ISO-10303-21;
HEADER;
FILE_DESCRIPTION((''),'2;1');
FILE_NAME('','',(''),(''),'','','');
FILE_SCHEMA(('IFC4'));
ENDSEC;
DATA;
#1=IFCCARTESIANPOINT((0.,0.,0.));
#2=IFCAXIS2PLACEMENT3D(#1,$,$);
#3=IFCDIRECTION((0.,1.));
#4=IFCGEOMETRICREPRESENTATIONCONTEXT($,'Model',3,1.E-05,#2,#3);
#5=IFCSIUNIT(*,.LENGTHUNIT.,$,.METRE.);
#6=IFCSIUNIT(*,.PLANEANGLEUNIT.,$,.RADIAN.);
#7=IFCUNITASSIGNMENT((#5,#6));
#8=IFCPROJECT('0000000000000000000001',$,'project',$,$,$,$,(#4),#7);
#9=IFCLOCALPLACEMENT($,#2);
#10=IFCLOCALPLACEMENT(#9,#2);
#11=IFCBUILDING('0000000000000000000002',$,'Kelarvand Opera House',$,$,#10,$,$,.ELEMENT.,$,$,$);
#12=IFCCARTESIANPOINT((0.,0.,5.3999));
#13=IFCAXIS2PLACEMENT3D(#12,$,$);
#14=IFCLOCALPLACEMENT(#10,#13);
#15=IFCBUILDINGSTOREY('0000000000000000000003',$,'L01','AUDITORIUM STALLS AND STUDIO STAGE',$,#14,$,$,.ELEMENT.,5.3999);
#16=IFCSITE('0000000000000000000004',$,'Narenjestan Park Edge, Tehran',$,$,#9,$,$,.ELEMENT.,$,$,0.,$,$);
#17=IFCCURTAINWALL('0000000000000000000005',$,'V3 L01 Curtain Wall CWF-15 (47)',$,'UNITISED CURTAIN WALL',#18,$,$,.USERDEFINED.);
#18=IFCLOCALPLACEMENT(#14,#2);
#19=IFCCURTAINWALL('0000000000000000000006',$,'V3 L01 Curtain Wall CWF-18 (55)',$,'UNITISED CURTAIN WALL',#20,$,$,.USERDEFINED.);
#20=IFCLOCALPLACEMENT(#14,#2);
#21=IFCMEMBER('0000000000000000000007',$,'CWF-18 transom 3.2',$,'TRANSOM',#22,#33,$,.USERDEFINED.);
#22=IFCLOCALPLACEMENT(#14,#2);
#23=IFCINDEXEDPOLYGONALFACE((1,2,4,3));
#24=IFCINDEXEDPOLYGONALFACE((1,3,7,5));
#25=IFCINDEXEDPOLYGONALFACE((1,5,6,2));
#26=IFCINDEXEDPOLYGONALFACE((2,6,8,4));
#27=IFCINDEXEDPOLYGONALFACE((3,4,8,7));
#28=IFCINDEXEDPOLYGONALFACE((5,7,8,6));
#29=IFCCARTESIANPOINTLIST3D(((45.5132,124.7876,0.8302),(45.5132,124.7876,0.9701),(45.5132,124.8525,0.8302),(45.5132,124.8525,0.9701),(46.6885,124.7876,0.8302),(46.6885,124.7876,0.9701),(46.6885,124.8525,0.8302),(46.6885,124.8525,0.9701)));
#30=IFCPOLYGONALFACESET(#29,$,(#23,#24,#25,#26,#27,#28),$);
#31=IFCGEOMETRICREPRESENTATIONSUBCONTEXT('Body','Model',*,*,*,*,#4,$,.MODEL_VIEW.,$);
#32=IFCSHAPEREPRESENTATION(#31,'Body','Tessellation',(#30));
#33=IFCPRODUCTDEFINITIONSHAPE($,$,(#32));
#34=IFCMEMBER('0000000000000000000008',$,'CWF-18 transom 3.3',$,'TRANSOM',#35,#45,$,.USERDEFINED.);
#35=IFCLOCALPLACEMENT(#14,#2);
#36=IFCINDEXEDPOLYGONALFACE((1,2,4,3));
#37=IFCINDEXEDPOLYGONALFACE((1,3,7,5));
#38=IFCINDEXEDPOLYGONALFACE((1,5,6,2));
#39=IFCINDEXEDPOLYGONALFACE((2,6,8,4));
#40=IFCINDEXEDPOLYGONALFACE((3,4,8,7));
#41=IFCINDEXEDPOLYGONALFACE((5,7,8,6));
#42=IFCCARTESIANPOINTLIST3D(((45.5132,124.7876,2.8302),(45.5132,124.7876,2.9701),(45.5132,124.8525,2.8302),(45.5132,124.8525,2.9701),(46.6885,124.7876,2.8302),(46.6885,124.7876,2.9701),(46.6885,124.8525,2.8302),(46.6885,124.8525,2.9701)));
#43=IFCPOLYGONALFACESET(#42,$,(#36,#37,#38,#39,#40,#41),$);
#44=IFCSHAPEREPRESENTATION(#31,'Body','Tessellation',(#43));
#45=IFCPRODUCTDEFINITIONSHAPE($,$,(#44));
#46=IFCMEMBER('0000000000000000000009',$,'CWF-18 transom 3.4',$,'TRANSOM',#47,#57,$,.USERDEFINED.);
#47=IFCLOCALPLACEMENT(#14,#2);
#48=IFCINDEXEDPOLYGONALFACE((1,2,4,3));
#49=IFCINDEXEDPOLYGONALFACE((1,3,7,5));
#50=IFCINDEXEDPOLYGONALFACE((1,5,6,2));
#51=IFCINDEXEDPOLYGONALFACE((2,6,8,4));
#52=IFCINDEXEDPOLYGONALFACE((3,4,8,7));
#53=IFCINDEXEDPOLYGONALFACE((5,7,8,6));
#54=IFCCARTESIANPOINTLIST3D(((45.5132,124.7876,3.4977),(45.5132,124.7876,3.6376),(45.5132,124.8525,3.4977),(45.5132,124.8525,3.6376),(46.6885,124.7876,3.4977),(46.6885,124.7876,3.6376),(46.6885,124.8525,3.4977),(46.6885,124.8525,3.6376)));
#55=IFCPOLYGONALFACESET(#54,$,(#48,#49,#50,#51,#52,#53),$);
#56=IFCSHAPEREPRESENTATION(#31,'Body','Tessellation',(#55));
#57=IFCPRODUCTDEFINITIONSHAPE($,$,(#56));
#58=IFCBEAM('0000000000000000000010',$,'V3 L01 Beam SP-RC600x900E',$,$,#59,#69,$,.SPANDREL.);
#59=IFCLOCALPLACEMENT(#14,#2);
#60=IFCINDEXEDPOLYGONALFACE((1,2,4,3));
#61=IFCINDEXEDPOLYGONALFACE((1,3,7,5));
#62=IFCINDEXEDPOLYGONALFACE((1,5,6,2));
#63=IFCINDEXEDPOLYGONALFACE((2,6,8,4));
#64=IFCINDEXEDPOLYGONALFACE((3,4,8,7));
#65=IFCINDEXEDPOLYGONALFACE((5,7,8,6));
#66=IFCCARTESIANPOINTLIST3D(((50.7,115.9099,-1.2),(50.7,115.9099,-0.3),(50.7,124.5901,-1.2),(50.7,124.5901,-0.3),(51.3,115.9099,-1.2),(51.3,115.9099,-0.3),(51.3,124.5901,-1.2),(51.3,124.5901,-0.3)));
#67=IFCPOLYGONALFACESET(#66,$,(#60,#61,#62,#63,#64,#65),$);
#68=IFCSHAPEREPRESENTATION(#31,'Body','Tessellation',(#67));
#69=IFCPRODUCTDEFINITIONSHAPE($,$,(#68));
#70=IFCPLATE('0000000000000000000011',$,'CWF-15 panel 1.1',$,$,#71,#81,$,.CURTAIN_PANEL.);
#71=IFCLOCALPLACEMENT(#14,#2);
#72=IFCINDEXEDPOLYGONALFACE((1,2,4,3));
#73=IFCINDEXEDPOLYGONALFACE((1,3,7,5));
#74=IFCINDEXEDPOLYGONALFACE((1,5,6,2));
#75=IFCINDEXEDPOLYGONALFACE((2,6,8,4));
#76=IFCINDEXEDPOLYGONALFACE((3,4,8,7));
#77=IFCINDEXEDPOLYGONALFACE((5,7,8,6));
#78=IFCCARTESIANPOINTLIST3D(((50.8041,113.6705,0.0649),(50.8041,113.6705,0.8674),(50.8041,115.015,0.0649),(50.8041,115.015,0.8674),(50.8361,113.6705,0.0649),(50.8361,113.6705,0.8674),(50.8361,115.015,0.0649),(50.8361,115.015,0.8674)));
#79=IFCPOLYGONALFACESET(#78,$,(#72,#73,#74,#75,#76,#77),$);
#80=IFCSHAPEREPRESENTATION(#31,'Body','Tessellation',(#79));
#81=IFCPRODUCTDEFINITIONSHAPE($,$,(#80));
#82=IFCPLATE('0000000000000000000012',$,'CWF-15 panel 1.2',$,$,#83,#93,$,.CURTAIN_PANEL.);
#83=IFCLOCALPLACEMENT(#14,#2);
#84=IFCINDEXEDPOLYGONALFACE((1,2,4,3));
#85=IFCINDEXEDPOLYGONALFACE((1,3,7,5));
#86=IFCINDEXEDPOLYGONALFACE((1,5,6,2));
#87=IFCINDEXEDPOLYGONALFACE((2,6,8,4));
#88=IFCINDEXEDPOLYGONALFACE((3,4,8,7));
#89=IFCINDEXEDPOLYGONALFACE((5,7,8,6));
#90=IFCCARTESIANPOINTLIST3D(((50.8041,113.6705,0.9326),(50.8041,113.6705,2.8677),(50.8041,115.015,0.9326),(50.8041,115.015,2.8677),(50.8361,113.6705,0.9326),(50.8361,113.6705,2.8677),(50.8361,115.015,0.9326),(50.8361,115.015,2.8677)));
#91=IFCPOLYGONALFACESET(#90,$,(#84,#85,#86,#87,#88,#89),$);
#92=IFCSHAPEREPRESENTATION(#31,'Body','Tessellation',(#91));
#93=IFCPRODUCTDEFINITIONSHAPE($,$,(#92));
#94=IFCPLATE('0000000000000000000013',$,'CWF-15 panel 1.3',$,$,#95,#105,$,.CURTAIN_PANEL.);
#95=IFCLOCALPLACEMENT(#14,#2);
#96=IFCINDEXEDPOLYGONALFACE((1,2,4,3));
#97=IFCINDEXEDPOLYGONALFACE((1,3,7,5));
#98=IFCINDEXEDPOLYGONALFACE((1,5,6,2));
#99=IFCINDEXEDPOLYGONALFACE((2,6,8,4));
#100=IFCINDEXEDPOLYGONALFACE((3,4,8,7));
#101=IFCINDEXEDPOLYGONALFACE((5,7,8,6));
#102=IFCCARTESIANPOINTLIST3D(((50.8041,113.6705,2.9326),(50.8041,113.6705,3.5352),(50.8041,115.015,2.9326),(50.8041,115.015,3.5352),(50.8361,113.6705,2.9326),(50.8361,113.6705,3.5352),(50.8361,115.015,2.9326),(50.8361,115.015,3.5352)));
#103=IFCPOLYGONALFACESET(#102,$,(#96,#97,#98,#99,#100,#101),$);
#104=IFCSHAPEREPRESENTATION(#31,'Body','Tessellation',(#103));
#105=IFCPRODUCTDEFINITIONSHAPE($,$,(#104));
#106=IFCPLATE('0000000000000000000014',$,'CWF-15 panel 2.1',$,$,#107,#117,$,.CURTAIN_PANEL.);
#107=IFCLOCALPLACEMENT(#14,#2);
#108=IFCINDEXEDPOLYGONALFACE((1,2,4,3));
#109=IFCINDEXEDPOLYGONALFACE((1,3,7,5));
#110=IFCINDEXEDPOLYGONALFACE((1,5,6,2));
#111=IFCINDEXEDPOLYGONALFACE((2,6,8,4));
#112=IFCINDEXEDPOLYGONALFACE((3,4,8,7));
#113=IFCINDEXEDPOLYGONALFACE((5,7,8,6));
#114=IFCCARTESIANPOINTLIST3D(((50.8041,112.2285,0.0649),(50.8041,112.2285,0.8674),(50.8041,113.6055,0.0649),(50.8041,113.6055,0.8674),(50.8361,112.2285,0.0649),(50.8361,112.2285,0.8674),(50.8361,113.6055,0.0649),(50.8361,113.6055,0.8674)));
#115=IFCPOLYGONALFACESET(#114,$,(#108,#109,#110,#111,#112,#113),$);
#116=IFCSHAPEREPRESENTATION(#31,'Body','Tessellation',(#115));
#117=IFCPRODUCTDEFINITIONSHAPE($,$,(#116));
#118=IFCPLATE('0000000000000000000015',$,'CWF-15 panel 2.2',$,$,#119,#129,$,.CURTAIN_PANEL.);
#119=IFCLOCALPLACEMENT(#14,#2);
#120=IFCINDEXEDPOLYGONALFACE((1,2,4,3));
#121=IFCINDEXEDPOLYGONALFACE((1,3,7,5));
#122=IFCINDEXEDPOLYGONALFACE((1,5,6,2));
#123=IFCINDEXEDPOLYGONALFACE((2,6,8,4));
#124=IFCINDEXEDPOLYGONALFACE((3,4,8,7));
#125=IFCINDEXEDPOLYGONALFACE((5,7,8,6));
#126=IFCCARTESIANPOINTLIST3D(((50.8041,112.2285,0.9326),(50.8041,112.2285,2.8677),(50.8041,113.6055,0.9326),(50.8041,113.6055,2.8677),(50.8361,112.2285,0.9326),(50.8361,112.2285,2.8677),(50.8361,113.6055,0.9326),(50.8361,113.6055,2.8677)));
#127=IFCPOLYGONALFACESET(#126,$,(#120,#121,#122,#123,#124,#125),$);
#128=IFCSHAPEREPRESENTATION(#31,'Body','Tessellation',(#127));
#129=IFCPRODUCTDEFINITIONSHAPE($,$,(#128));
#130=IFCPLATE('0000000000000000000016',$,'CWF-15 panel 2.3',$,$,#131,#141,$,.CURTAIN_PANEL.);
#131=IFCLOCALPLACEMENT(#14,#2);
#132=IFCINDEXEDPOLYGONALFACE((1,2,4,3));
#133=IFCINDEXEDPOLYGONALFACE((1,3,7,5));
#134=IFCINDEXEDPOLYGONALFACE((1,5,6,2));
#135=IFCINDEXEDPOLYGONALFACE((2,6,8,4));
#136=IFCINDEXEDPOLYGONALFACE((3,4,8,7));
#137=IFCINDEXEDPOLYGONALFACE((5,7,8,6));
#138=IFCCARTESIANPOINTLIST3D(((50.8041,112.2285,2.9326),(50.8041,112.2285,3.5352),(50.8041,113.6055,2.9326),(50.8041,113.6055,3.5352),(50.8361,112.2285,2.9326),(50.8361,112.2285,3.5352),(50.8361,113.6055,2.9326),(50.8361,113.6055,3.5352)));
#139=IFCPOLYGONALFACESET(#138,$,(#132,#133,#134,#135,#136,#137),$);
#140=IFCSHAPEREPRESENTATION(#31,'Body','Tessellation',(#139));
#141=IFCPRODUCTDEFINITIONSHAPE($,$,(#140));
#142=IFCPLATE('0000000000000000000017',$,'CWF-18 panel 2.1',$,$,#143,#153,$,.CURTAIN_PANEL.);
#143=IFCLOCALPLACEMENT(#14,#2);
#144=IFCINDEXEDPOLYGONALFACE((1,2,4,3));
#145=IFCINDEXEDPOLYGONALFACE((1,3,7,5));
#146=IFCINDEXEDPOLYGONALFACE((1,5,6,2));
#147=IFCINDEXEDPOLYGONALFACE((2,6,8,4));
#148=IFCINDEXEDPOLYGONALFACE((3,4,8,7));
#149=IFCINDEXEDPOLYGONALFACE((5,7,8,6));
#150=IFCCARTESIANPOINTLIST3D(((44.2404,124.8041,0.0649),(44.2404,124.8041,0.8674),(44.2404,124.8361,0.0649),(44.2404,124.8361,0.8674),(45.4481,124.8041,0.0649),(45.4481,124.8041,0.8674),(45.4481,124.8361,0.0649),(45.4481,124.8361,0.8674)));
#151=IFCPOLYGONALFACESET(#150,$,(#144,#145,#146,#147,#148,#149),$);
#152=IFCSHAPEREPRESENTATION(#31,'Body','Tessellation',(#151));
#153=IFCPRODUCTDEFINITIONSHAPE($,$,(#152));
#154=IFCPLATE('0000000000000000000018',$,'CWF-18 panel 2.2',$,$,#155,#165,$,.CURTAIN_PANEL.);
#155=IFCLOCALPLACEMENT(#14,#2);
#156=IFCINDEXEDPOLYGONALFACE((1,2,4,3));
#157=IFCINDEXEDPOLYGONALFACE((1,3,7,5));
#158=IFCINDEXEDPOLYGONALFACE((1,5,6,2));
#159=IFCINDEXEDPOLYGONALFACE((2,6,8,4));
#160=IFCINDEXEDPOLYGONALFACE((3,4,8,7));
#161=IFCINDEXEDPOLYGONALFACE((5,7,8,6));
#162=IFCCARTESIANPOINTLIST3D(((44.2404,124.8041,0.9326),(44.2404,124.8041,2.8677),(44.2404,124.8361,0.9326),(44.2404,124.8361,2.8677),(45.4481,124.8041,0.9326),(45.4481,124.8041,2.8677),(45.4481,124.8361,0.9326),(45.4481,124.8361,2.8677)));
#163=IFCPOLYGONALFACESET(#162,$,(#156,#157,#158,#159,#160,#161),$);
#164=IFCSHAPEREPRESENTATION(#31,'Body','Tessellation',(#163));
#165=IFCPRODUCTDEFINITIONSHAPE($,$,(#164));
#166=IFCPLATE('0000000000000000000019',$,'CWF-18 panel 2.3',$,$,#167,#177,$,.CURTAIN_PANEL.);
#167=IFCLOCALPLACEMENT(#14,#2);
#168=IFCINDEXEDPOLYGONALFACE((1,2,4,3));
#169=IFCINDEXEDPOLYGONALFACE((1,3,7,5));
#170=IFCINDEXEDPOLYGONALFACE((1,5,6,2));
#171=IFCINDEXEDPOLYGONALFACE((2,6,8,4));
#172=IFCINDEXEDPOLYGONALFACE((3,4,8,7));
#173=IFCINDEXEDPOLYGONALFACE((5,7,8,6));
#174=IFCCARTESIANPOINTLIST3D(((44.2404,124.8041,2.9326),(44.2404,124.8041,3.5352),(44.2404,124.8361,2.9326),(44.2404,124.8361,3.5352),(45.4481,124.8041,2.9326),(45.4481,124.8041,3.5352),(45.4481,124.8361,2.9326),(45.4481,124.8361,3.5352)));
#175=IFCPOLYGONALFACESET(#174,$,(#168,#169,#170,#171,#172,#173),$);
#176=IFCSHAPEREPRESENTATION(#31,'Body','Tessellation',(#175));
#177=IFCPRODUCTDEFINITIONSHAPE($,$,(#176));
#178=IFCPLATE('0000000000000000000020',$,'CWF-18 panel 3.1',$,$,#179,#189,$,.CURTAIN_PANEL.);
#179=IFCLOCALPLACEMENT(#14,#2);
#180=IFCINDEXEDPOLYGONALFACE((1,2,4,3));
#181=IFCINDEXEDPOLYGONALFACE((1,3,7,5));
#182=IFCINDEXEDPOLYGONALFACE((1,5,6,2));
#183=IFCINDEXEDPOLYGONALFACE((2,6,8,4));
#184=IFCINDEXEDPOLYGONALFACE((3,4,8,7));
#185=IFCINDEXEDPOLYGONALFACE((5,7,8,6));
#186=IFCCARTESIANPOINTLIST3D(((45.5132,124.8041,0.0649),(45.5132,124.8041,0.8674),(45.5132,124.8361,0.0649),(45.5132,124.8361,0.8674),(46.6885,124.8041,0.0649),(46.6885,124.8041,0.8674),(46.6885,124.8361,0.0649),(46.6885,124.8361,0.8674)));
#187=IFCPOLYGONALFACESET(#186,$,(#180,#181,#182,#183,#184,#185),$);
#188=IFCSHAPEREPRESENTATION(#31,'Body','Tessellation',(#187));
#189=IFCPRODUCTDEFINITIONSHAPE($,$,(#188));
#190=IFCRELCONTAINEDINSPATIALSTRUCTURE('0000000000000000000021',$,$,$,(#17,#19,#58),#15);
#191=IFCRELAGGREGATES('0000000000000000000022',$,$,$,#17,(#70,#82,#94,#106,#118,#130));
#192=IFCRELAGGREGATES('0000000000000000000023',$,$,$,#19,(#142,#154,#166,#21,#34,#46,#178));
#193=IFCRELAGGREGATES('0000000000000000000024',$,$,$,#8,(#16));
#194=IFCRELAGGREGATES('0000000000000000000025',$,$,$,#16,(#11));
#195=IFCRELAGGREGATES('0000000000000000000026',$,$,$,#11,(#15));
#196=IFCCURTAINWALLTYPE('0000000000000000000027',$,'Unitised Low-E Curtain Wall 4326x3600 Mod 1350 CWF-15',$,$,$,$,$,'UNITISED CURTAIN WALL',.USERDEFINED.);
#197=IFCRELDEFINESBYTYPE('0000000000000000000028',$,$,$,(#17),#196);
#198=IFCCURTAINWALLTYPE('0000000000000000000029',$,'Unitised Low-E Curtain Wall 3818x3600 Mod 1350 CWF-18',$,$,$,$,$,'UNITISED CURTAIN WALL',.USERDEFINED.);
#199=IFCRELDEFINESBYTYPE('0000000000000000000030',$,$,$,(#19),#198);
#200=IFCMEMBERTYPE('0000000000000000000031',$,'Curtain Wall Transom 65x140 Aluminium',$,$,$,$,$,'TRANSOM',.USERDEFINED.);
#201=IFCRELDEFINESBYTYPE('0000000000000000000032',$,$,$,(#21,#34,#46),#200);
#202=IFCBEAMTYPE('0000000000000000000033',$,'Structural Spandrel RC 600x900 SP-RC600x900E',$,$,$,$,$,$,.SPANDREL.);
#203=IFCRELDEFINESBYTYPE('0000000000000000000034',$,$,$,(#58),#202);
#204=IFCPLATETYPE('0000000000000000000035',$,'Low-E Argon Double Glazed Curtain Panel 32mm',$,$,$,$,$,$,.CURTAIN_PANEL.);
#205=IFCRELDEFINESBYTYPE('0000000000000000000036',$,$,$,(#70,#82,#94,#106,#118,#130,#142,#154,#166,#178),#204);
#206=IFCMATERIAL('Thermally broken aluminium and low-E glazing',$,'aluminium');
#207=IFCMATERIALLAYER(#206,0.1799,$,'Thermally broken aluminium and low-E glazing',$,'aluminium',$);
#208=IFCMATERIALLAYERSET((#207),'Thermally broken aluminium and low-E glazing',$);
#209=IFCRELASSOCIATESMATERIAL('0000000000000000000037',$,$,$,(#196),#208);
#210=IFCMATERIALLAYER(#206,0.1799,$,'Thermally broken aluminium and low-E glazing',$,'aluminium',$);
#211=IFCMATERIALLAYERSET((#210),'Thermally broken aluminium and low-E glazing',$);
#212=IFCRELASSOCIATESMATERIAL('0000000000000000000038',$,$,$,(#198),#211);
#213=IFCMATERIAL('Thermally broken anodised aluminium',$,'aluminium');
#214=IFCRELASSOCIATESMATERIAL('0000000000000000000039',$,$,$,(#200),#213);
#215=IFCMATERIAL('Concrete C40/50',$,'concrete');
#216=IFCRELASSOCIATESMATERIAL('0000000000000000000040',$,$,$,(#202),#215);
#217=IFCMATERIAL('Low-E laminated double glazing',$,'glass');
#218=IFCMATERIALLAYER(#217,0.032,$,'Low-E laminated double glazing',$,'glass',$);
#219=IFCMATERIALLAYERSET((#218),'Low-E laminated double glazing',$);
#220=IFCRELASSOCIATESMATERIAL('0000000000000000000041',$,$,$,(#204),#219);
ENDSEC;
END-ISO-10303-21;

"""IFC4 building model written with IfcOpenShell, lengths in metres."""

from ifc_helpers import new_model, si_unit, direction, frame, origin, origin_2d, place, context, subcontext, project, spatial, rectangle, extrude, material, layer, layer_set, material_profile, profile_set, type_object, element, aggregate, save


model = new_model("IFC4")

# Units and contexts
model_context = context("Model", 3, precision=1e-05, world=origin(), true_north=direction((0.0, 1.0)))
body_context = subcontext(model_context, "Body", "Model", "MODEL_VIEW")
ifc_project = project(units=[si_unit("LENGTHUNIT", "METRE"), si_unit("PLANEANGLEUNIT", "RADIAN")], contexts=[model_context])

# Site, building, storey
site_placement = place(None, origin())
site = spatial("IfcSite", under=ifc_project, at=site_placement, Name="Narenjestan Park Edge, Tehran", CompositionType="ELEMENT", RefElevation=0.0)
building_placement = place(site_placement, origin())
building = spatial("IfcBuilding", under=site, at=building_placement, Name="Kelarvand Opera House", CompositionType="ELEMENT")
storey_placement = place(building_placement, frame((0.0, 0.0, 5.3999)))
storey = spatial("IfcBuildingStorey", under=building, at=storey_placement, Name="L01", Description="AUDITORIUM STALLS AND STUDIO STAGE", CompositionType="ELEMENT", Elevation=5.3999)

# Shared definitions
ifc_material_1 = material(Name="Concrete C40/50", Category="concrete")

# Curtain wall
ifc_material_2 = material(Name="Thermally broken aluminium and low-E glazing", Category="aluminium")
ifc_layer_1 = layer(ifc_material_2, 0.1799, Name="Thermally broken aluminium and low-E glazing", Category="aluminium")
ifc_layer_set_1 = layer_set([ifc_layer_1], Name="Thermally broken aluminium and low-E glazing")
curtain_wall_type_1 = type_object("IfcCurtainWallType", Name="Unitised Low-E Curtain Wall 4326x3600 Mod 1350 CWF-15", ElementType="UNITISED CURTAIN WALL", PredefinedType="USERDEFINED", material=ifc_layer_set_1)
curtain_wall_1_placement = place(storey_placement, origin())
curtain_wall_1 = element("IfcCurtainWall", 1, at=curtain_wall_1_placement, inside=storey, type_object=curtain_wall_type_1, Name="V3 L01 Curtain Wall CWF-15 (47)", ObjectType="UNITISED CURTAIN WALL", PredefinedType="USERDEFINED")
ifc_material_3 = material(Name="Thermally broken anodised aluminium", Category="aluminium")

# Curtain wall
ifc_layer_2 = layer(ifc_material_2, 0.1799, Name="Thermally broken aluminium and low-E glazing", Category="aluminium")
ifc_layer_set_2 = layer_set([ifc_layer_2], Name="Thermally broken aluminium and low-E glazing")
curtain_wall_type_2 = type_object("IfcCurtainWallType", Name="Unitised Low-E Curtain Wall 3818x3600 Mod 1350 CWF-18", ElementType="UNITISED CURTAIN WALL", PredefinedType="USERDEFINED", material=ifc_layer_set_2)
curtain_wall_2_placement = place(storey_placement, origin())
curtain_wall_2 = element("IfcCurtainWall", 2, at=curtain_wall_2_placement, inside=storey, type_object=curtain_wall_type_2, Name="V3 L01 Curtain Wall CWF-18 (55)", ObjectType="UNITISED CURTAIN WALL", PredefinedType="USERDEFINED")

# Members
ifc_material_profile_1 = material_profile(ifc_material_3, rectangle(XDim=0.0649, YDim=0.1399, at=origin_2d()), Name="ALU TRANSOM 65x140", Category="aluminium")
ifc_profile_set_1 = profile_set([ifc_material_profile_1], Name="Thermally broken anodised aluminium")
member_type_1 = type_object("IfcMemberType", Name="Curtain Wall Transom 65x140 Aluminium", ElementType="TRANSOM", PredefinedType="USERDEFINED", material=ifc_profile_set_1)
member_1_placement = place(storey_placement, frame((45.5132, 124.8201, 0.9001), z_axis=(1.0, 0.0, 0.0), x_axis=(0.0, 1.0, 0.0)))
member_1 = element("IfcMember", 3, at=member_1_placement, type_object=member_type_1, Name="CWF-18 transom 3.2", ObjectType="TRANSOM", PredefinedType="USERDEFINED", context=body_context, shape_type="SweptSolid", body=[
    extrude(rectangle(XDim=0.0649, YDim=0.1399, at=origin_2d()), origin(), (0.0, 0.0, 1.0), 1.1753),
])
member_2_placement = place(storey_placement, frame((45.5132, 124.8201, 2.9001), z_axis=(1.0, 0.0, 0.0), x_axis=(0.0, 1.0, 0.0)))
member_2 = element("IfcMember", 4, at=member_2_placement, type_object=member_type_1, Name="CWF-18 transom 3.3", ObjectType="TRANSOM", PredefinedType="USERDEFINED", context=body_context, shape_type="SweptSolid", body=[
    extrude(rectangle(XDim=0.0649, YDim=0.1399, at=origin_2d()), origin(), (0.0, 0.0, 1.0), 1.1753),
])
member_3_placement = place(storey_placement, frame((45.5132, 124.8201, 3.5676), z_axis=(1.0, 0.0, 0.0), x_axis=(0.0, 1.0, 0.0)))
member_3 = element("IfcMember", 5, at=member_3_placement, type_object=member_type_1, Name="CWF-18 transom 3.4", ObjectType="TRANSOM", PredefinedType="USERDEFINED", context=body_context, shape_type="SweptSolid", body=[
    extrude(rectangle(XDim=0.0649, YDim=0.1399, at=origin_2d()), origin(), (0.0, 0.0, 1.0), 1.1753),
])

# Beam
ifc_material_profile_2 = material_profile(ifc_material_1, rectangle(XDim=0.6001, YDim=0.8999, at=origin_2d()), Name="RC 600x900", Category="concrete")
ifc_profile_set_2 = profile_set([ifc_material_profile_2], Name="Concrete C40/50")
beam_type = type_object("IfcBeamType", Name="Structural Spandrel RC 600x900 SP-RC600x900E", PredefinedType="SPANDREL", material=ifc_profile_set_2)
beam_placement = place(storey_placement, frame((51.0, 115.9099, -0.75), z_axis=(0.0, 1.0, 0.0), x_axis=(-1.0, 0.0, 0.0)))
element("IfcBeam", 6, at=beam_placement, inside=storey, type_object=beam_type, Name="V3 L01 Beam SP-RC600x900E", PredefinedType="SPANDREL", context=body_context, shape_type="SweptSolid", body=[
    extrude(rectangle(XDim=0.6001, YDim=0.8999, at=origin_2d()), origin(), (0.0, 0.0, 1.0), 8.6802),
])

# Plates
ifc_material_4 = material(Name="Low-E laminated double glazing", Category="glass")
ifc_layer_3 = layer(ifc_material_4, 0.032, Name="Low-E laminated double glazing", Category="glass")
ifc_layer_set_3 = layer_set([ifc_layer_3], Name="Low-E laminated double glazing")
plate_type = type_object("IfcPlateType", Name="Low-E Argon Double Glazed Curtain Panel 32mm", PredefinedType="CURTAIN_PANEL", material=ifc_layer_set_3)
plate_1_placement = place(storey_placement, frame((50.8201, 114.3428, 0.0649), z_axis=(0.0, 0.0, 1.0), x_axis=(0.0, -1.0, 0.0)))
plate_1 = element("IfcPlate", 7, at=plate_1_placement, type_object=plate_type, Name="CWF-15 panel 1.1", PredefinedType="CURTAIN_PANEL", context=body_context, shape_type="SweptSolid", body=[
    extrude(rectangle(XDim=1.3445, YDim=0.032, at=origin_2d()), origin(), (0.0, 0.0, 1.0), 0.8025),
])
plate_2_placement = place(storey_placement, frame((50.8201, 114.3428, 0.9326), z_axis=(0.0, 0.0, 1.0), x_axis=(0.0, -1.0, 0.0)))
plate_2 = element("IfcPlate", 8, at=plate_2_placement, type_object=plate_type, Name="CWF-15 panel 1.2", PredefinedType="CURTAIN_PANEL", context=body_context, shape_type="SweptSolid", body=[
    extrude(rectangle(XDim=1.3445, YDim=0.032, at=origin_2d()), origin(), (0.0, 0.0, 1.0), 1.9351),
])
plate_3_placement = place(storey_placement, frame((50.8201, 114.3428, 2.9326), z_axis=(0.0, 0.0, 1.0), x_axis=(0.0, -1.0, 0.0)))
plate_3 = element("IfcPlate", 9, at=plate_3_placement, type_object=plate_type, Name="CWF-15 panel 1.3", PredefinedType="CURTAIN_PANEL", context=body_context, shape_type="SweptSolid", body=[
    extrude(rectangle(XDim=1.3445, YDim=0.032, at=origin_2d()), origin(), (0.0, 0.0, 1.0), 0.6025),
])
plate_4_placement = place(storey_placement, frame((50.8201, 112.917, 0.0649), z_axis=(0.0, 0.0, 1.0), x_axis=(0.0, -1.0, 0.0)))
plate_4 = element("IfcPlate", 10, at=plate_4_placement, type_object=plate_type, Name="CWF-15 panel 2.1", PredefinedType="CURTAIN_PANEL", context=body_context, shape_type="SweptSolid", body=[
    extrude(rectangle(XDim=1.377, YDim=0.032, at=origin_2d()), origin(), (0.0, 0.0, 1.0), 0.8025),
])
plate_5_placement = place(storey_placement, frame((50.8201, 112.917, 0.9326), z_axis=(0.0, 0.0, 1.0), x_axis=(0.0, -1.0, 0.0)))
plate_5 = element("IfcPlate", 11, at=plate_5_placement, type_object=plate_type, Name="CWF-15 panel 2.2", PredefinedType="CURTAIN_PANEL", context=body_context, shape_type="SweptSolid", body=[
    extrude(rectangle(XDim=1.377, YDim=0.032, at=origin_2d()), origin(), (0.0, 0.0, 1.0), 1.9351),
])
plate_6_placement = place(storey_placement, frame((50.8201, 112.917, 2.9326), z_axis=(0.0, 0.0, 1.0), x_axis=(0.0, -1.0, 0.0)))
plate_6 = element("IfcPlate", 12, at=plate_6_placement, type_object=plate_type, Name="CWF-15 panel 2.3", PredefinedType="CURTAIN_PANEL", context=body_context, shape_type="SweptSolid", body=[
    extrude(rectangle(XDim=1.377, YDim=0.032, at=origin_2d()), origin(), (0.0, 0.0, 1.0), 0.6025),
])
aggregate(curtain_wall_1, [plate_1, plate_2, plate_3, plate_4, plate_5, plate_6])
plate_7_placement = place(storey_placement, frame((44.8442, 124.8201, 0.0649), z_axis=(0.0, 0.0, 1.0), x_axis=(1.0, 0.0, 0.0)))
plate_7 = element("IfcPlate", 13, at=plate_7_placement, type_object=plate_type, Name="CWF-18 panel 2.1", PredefinedType="CURTAIN_PANEL", context=body_context, shape_type="SweptSolid", body=[
    extrude(rectangle(XDim=1.2078, YDim=0.032, at=origin_2d()), origin(), (0.0, 0.0, 1.0), 0.8025),
])
plate_8_placement = place(storey_placement, frame((44.8442, 124.8201, 0.9326), z_axis=(0.0, 0.0, 1.0), x_axis=(1.0, 0.0, 0.0)))
plate_8 = element("IfcPlate", 14, at=plate_8_placement, type_object=plate_type, Name="CWF-18 panel 2.2", PredefinedType="CURTAIN_PANEL", context=body_context, shape_type="SweptSolid", body=[
    extrude(rectangle(XDim=1.2078, YDim=0.032, at=origin_2d()), origin(), (0.0, 0.0, 1.0), 1.9351),
])
plate_9_placement = place(storey_placement, frame((44.8442, 124.8201, 2.9326), z_axis=(0.0, 0.0, 1.0), x_axis=(1.0, 0.0, 0.0)))
plate_9 = element("IfcPlate", 15, at=plate_9_placement, type_object=plate_type, Name="CWF-18 panel 2.3", PredefinedType="CURTAIN_PANEL", context=body_context, shape_type="SweptSolid", body=[
    extrude(rectangle(XDim=1.2078, YDim=0.032, at=origin_2d()), origin(), (0.0, 0.0, 1.0), 0.6025),
])
plate_10_placement = place(storey_placement, frame((46.1008, 124.8201, 0.0649), z_axis=(0.0, 0.0, 1.0), x_axis=(1.0, 0.0, 0.0)))
plate_10 = element("IfcPlate", 16, at=plate_10_placement, type_object=plate_type, Name="CWF-18 panel 3.1", PredefinedType="CURTAIN_PANEL", context=body_context, shape_type="SweptSolid", body=[
    extrude(rectangle(XDim=1.1753, YDim=0.032, at=origin_2d()), origin(), (0.0, 0.0, 1.0), 0.8025),
])
aggregate(curtain_wall_2, [plate_7, plate_8, plate_9, member_1, member_2, member_3, plate_10])

save(model, "model.ifc")
